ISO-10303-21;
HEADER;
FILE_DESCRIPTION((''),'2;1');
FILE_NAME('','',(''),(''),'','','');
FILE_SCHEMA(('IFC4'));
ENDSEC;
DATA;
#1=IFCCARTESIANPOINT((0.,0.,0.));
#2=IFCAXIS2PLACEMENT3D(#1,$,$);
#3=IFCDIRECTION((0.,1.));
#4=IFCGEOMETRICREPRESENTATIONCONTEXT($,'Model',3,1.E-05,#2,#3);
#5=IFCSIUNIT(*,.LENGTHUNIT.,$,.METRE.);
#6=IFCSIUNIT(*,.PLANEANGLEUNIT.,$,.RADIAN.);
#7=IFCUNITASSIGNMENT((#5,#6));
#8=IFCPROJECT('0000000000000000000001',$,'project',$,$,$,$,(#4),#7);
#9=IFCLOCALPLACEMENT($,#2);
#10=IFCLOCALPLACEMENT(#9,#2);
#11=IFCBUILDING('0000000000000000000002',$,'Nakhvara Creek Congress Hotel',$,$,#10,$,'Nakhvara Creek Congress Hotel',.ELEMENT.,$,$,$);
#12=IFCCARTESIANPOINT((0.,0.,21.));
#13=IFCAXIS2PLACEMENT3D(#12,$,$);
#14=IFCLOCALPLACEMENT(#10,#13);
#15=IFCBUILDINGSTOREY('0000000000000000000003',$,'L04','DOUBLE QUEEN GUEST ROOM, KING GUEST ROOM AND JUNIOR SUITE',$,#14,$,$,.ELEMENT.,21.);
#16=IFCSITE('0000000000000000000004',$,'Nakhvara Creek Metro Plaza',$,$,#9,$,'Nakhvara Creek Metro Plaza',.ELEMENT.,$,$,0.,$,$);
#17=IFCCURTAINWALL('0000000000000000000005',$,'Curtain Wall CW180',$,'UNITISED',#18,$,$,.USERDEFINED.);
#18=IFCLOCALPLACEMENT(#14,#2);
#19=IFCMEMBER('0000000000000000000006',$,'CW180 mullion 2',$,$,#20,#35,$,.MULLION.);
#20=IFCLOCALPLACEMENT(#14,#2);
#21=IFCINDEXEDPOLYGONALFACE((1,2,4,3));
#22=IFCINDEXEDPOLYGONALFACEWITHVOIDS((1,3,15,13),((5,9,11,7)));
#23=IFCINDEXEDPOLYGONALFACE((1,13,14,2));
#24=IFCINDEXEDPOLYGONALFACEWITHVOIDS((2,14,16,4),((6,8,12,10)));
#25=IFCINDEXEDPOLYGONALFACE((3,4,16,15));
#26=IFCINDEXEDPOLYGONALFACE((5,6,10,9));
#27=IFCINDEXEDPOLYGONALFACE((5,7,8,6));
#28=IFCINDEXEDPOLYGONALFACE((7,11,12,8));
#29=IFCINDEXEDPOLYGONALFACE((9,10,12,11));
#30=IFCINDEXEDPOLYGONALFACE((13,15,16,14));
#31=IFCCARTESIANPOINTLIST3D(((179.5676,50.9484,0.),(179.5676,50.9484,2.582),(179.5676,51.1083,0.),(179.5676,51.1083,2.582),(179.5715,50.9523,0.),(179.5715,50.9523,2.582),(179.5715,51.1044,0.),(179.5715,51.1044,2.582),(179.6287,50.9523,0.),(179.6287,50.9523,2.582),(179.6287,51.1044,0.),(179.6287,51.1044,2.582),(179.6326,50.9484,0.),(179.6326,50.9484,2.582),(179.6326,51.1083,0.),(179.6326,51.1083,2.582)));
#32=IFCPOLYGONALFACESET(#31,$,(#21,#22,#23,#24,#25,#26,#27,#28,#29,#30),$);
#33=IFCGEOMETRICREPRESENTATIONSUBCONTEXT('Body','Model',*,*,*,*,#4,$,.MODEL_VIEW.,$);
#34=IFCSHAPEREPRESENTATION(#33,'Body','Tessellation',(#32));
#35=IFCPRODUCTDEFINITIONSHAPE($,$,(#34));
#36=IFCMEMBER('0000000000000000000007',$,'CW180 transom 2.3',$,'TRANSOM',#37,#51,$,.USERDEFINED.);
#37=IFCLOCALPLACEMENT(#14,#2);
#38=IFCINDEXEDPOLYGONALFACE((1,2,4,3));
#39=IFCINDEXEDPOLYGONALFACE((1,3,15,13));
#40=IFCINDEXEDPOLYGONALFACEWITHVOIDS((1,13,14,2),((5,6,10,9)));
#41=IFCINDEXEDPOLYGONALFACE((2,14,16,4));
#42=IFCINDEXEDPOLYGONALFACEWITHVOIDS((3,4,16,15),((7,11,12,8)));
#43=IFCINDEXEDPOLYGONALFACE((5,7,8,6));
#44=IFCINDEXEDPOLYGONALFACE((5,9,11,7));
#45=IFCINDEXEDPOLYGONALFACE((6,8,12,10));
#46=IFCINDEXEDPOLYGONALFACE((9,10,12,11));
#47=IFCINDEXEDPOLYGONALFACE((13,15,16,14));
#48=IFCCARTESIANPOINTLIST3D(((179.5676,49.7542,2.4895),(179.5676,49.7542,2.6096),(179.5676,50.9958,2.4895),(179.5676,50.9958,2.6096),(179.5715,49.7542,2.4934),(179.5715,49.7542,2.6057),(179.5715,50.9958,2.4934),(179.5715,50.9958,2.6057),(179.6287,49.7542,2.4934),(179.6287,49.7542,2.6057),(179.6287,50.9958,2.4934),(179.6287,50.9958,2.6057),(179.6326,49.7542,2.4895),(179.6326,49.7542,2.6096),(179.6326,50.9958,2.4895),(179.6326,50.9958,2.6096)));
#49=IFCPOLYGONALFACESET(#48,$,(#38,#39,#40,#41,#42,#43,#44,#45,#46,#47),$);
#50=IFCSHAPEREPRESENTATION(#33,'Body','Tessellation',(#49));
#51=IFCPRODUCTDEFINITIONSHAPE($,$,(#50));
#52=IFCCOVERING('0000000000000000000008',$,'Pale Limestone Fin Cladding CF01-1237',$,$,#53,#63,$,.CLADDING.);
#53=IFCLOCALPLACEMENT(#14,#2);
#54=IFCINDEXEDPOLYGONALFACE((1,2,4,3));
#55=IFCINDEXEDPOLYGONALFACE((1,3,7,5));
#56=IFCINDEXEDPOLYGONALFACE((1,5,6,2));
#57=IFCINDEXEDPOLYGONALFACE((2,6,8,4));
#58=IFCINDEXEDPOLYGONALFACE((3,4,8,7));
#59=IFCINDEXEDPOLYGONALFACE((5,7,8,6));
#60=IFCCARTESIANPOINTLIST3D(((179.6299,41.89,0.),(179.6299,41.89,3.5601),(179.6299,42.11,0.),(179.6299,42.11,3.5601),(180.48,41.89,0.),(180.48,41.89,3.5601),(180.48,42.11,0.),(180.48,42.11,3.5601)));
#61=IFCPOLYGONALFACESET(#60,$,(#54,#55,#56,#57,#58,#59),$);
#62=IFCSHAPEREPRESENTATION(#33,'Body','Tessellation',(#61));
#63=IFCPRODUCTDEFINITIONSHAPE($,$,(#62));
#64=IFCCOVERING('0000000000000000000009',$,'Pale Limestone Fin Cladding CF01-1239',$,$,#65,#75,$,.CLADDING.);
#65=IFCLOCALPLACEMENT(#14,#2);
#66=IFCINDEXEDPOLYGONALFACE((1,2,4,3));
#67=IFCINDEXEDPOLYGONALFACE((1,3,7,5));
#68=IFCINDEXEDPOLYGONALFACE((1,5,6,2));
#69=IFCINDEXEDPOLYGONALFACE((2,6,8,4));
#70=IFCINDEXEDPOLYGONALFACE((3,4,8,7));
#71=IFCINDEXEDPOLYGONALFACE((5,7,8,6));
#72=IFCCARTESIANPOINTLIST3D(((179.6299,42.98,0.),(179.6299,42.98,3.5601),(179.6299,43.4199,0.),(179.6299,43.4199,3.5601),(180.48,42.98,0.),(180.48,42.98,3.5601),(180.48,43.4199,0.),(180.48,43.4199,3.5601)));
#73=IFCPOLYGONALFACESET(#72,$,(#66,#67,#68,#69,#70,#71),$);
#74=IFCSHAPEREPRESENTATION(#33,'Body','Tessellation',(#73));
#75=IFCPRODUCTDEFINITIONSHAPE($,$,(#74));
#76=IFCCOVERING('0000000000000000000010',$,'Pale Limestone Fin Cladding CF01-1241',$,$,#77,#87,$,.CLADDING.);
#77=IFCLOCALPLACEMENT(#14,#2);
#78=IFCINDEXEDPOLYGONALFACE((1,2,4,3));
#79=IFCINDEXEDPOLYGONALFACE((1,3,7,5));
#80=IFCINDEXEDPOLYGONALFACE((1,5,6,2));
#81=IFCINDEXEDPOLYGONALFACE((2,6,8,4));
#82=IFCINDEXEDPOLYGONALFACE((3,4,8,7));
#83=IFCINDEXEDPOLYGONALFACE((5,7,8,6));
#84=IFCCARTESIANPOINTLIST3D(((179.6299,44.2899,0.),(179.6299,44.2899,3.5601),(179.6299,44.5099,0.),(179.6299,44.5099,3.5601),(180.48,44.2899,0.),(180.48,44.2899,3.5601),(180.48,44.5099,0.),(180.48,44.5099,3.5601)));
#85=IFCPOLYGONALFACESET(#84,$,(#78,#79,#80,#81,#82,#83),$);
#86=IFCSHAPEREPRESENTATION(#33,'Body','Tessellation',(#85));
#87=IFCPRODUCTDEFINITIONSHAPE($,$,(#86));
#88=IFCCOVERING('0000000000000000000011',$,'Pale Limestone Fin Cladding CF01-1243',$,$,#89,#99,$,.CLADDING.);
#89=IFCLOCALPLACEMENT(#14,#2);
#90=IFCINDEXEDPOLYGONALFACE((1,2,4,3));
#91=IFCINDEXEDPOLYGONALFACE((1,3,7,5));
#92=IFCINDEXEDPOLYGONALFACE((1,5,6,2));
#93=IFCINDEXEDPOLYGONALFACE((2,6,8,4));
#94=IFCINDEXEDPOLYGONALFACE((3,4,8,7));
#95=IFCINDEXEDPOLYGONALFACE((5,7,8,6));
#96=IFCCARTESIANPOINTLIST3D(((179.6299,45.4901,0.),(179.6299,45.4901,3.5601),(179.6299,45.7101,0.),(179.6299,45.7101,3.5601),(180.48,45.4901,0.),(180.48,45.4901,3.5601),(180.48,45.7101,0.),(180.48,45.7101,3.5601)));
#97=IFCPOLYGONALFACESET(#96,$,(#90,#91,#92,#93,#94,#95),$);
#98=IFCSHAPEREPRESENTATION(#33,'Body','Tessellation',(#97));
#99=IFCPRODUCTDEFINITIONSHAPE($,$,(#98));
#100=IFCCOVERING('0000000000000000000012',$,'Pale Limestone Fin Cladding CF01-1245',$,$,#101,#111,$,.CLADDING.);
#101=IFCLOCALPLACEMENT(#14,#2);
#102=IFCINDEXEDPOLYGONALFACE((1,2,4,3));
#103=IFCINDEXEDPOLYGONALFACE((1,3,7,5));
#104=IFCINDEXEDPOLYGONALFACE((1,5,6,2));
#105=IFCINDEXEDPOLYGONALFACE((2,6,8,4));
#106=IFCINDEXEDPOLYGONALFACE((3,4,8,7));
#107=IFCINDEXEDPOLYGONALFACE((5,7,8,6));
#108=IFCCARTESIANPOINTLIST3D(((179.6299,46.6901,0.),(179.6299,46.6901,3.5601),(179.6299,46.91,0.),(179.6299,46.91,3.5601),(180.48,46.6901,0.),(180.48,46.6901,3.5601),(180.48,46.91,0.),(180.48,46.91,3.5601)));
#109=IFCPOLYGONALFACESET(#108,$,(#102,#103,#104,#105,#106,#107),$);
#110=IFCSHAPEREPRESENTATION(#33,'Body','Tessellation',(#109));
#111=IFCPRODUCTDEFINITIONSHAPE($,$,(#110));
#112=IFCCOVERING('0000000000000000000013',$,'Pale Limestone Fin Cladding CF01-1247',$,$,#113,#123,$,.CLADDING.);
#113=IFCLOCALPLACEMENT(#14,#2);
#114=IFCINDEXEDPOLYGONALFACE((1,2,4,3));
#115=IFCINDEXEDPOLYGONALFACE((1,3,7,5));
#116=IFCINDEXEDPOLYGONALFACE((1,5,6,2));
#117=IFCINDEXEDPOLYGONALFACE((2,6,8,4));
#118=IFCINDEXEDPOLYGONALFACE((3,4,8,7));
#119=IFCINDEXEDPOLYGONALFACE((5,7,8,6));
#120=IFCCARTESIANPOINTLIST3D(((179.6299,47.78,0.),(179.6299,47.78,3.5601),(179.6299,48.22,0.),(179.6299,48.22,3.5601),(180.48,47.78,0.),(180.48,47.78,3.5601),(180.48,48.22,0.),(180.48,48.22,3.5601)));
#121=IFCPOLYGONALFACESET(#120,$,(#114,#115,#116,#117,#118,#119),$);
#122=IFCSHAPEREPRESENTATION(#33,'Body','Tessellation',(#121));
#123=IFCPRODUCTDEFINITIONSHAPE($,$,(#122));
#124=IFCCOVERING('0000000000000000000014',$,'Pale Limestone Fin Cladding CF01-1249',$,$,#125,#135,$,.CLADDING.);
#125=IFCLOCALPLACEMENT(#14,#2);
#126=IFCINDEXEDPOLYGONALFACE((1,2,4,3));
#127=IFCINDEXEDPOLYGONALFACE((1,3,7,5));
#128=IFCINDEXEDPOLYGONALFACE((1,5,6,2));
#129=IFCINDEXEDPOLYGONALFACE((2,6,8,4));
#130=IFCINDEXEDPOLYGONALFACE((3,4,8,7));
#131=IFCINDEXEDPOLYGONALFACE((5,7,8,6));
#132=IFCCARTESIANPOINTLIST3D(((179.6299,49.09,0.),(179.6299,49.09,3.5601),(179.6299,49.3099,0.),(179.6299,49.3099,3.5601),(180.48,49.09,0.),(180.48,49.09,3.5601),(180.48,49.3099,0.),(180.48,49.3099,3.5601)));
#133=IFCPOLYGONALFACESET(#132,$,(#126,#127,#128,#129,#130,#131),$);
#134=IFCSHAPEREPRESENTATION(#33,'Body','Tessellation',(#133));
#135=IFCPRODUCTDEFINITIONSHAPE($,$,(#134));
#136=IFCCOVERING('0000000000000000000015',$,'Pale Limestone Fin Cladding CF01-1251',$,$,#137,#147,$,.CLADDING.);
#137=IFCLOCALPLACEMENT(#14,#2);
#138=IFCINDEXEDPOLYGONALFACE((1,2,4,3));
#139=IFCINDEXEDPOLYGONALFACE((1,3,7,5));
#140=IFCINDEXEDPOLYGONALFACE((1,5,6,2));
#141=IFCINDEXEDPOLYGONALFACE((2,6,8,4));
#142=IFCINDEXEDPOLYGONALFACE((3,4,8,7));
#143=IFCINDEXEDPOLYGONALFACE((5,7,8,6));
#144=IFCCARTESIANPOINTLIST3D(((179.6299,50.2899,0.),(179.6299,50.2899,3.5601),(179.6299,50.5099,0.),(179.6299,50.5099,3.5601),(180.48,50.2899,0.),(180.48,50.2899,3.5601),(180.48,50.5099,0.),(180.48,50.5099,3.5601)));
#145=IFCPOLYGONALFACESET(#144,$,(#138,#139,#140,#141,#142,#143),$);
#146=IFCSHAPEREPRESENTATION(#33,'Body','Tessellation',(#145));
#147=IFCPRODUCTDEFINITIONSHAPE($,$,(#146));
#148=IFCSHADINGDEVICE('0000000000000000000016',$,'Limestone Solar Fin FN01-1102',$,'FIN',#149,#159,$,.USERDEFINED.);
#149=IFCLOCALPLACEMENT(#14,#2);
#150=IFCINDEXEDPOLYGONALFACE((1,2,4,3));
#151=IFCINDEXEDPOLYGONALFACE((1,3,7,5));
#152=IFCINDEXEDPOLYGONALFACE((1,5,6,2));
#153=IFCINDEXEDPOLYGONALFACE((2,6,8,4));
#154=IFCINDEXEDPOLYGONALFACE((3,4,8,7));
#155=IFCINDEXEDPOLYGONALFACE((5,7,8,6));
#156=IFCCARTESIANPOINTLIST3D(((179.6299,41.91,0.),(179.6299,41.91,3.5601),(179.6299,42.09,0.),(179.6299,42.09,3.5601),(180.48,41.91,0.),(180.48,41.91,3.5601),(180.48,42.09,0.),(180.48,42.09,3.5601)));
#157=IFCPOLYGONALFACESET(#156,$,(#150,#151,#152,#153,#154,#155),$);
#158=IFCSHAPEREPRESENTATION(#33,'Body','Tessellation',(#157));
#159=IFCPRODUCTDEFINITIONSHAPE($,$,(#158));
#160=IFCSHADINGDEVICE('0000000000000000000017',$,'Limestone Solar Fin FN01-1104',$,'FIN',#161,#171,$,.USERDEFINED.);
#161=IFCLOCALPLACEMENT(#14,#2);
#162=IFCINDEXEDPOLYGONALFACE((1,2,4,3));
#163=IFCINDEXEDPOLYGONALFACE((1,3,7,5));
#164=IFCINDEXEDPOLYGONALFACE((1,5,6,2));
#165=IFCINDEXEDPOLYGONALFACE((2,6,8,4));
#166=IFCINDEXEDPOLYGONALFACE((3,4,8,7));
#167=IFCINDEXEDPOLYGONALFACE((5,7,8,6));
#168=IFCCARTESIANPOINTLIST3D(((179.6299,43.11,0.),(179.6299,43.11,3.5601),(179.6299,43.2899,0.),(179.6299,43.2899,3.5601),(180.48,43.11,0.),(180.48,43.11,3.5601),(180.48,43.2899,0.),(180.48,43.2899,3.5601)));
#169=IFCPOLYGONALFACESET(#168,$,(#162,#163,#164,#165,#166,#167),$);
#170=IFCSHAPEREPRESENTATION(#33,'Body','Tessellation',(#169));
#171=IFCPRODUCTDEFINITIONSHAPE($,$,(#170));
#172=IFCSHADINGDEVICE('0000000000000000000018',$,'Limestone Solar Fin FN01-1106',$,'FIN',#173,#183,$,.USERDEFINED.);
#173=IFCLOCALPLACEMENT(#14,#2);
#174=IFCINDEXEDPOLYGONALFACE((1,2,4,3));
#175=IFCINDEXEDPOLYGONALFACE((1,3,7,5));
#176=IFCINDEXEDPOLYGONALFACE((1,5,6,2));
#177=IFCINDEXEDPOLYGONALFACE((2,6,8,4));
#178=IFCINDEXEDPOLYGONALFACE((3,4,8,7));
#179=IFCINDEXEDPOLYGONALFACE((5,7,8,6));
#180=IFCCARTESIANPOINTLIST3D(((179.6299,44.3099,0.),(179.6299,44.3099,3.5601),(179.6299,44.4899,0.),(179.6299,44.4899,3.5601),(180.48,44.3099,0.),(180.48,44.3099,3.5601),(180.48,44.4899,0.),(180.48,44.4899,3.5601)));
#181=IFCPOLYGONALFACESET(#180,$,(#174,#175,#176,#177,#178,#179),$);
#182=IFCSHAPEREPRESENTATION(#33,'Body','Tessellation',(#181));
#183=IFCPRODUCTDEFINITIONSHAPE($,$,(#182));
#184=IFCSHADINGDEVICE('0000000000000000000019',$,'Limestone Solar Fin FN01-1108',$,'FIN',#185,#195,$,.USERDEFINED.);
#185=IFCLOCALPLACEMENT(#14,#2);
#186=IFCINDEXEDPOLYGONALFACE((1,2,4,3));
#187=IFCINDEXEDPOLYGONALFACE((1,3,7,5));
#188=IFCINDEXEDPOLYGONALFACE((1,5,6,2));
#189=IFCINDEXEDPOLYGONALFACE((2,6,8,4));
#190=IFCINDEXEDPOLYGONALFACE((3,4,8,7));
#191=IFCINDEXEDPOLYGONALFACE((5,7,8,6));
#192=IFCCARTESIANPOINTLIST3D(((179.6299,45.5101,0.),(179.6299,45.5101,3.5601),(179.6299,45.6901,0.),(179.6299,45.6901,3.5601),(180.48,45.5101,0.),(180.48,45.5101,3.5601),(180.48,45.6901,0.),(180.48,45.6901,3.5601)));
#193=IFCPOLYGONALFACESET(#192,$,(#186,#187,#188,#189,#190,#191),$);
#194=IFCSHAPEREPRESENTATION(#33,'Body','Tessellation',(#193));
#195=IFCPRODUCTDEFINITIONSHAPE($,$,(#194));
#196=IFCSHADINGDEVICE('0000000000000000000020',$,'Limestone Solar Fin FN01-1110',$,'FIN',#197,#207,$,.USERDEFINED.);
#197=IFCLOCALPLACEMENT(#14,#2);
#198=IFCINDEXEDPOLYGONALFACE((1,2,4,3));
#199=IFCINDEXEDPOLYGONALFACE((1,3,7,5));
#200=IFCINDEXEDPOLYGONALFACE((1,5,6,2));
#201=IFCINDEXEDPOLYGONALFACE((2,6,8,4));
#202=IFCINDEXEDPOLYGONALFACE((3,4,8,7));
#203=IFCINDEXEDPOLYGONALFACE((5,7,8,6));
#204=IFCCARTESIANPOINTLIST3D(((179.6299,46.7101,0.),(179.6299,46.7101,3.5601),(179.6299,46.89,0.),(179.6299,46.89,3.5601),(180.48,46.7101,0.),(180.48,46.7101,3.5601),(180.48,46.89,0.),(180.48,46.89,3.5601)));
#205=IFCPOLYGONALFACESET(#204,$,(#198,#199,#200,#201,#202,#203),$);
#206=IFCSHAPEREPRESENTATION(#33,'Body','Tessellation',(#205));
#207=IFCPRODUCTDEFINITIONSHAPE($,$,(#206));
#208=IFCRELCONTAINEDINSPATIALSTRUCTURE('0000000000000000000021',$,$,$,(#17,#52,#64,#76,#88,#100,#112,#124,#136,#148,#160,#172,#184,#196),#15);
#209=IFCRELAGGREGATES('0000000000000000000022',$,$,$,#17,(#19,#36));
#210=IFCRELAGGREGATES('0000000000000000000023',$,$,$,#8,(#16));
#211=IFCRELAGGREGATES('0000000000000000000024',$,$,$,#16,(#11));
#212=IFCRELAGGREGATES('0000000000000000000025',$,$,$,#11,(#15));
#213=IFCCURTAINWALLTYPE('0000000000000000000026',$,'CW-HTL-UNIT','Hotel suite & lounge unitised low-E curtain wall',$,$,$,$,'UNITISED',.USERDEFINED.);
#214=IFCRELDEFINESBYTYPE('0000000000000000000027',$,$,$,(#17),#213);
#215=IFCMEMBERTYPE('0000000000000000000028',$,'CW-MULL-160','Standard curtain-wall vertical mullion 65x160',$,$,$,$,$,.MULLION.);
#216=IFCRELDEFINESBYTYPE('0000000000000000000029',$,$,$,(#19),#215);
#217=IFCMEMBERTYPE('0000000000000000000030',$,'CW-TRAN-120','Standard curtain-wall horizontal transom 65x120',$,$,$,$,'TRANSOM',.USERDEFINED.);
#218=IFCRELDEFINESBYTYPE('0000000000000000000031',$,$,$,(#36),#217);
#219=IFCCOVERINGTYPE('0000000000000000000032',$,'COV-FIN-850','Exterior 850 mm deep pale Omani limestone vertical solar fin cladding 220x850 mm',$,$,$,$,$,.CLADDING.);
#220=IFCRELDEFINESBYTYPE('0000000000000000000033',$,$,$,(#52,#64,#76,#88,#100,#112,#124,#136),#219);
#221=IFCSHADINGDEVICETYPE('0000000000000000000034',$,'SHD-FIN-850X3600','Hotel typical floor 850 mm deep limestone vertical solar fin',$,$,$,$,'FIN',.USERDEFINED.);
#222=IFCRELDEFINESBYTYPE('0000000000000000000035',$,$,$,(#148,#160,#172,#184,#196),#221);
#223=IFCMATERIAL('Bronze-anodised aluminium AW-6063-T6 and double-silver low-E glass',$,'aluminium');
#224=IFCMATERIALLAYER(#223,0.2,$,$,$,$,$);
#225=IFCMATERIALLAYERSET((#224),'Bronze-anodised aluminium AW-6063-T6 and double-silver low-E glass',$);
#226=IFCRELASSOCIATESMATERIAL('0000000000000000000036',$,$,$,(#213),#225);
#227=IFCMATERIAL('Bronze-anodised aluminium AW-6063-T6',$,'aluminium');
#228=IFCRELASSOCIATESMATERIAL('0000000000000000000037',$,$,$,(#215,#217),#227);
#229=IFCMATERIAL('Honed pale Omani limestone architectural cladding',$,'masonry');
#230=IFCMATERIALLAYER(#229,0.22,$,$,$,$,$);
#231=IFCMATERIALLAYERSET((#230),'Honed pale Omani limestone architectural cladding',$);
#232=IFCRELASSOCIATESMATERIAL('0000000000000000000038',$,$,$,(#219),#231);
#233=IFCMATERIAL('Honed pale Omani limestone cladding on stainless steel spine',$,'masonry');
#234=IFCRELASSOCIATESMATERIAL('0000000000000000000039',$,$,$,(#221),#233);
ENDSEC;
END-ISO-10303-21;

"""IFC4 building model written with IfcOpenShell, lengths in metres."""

from ifc_helpers import new_model, si_unit, direction, frame, origin, origin_2d, place, context, subcontext, project, spatial, rectangle, hollow_rectangle, extrude, material, layer, layer_set, material_profile, profile_set, type_object, element, aggregate, save


model = new_model("IFC4")

# Units and contexts
model_context = context("Model", 3, precision=1e-05, world=origin(), true_north=direction((0.0, 1.0)))
body_context = subcontext(model_context, "Body", "Model", "MODEL_VIEW")
ifc_project = project(units=[si_unit("LENGTHUNIT", "METRE"), si_unit("PLANEANGLEUNIT", "RADIAN")], contexts=[model_context])

# Site, building, storey
site_placement = place(None, origin())
site = spatial("IfcSite", under=ifc_project, at=site_placement, Name="Nakhvara Creek Metro Plaza", LongName="Nakhvara Creek Metro Plaza", CompositionType="ELEMENT", RefElevation=0.0)
building_placement = place(site_placement, origin())
building = spatial("IfcBuilding", under=site, at=building_placement, Name="Nakhvara Creek Congress Hotel", LongName="Nakhvara Creek Congress Hotel", CompositionType="ELEMENT")
storey_placement = place(building_placement, frame((0.0, 0.0, 21.0)))
storey = spatial("IfcBuildingStorey", under=building, at=storey_placement, Name="L04", Description="DOUBLE QUEEN GUEST ROOM, KING GUEST ROOM AND JUNIOR SUITE", CompositionType="ELEMENT", Elevation=21.0)

# Curtain wall, members
ifc_material_1 = material(Name="Bronze-anodised aluminium AW-6063-T6 and double-silver low-E glass", Category="aluminium")
ifc_layer_1 = layer(ifc_material_1, 0.2)
ifc_layer_set_1 = layer_set([ifc_layer_1], Name="Bronze-anodised aluminium AW-6063-T6 and double-silver low-E glass")
curtain_wall_type = type_object("IfcCurtainWallType", Name="CW-HTL-UNIT", Description="Hotel suite & lounge unitised low-E curtain wall", ElementType="UNITISED", PredefinedType="USERDEFINED", material=ifc_layer_set_1)
curtain_wall_placement = place(storey_placement, origin())
curtain_wall = element("IfcCurtainWall", 1, at=curtain_wall_placement, inside=storey, type_object=curtain_wall_type, Name="Curtain Wall CW180", ObjectType="UNITISED", PredefinedType="USERDEFINED")
ifc_material_2 = material(Name="Bronze-anodised aluminium AW-6063-T6", Category="aluminium")
ifc_material_profile_1 = material_profile(ifc_material_2, hollow_rectangle(XDim=0.0649, YDim=0.1599, WallThickness=0.0039, at=origin_2d()), Name="ALU-MULL 65x160x4", Category="LoadBearing")
ifc_profile_set_1 = profile_set([ifc_material_profile_1], Name="Bronze-anodised aluminium AW-6063-T6")
member_type_1 = type_object("IfcMemberType", Name="CW-MULL-160", Description="Standard curtain-wall vertical mullion 65x160", PredefinedType="MULLION", material=ifc_profile_set_1)
member_1_placement = place(storey_placement, frame((179.6001, 51.0283, 0.0), z_axis=(0.0, 0.0, 1.0), x_axis=(1.0, 0.0, 0.0)))
member_1 = element("IfcMember", 2, at=member_1_placement, type_object=member_type_1, Name="CW180 mullion 2", PredefinedType="MULLION", context=body_context, shape_type="SweptSolid", body=[
    extrude(hollow_rectangle(XDim=0.0649, YDim=0.1599, WallThickness=0.0039, at=origin_2d()), origin(), (0.0, 0.0, 1.0), 2.582),
])
ifc_material_profile_2 = material_profile(ifc_material_2, hollow_rectangle(XDim=0.0649, YDim=0.1201, WallThickness=0.0039, at=origin_2d()), Name="ALU-TRAN 65x120x4", Category="LoadBearing")
ifc_profile_set_2 = profile_set([ifc_material_profile_2], Name="Bronze-anodised aluminium AW-6063-T6")
member_type_2 = type_object("IfcMemberType", Name="CW-TRAN-120", Description="Standard curtain-wall horizontal transom 65x120", ElementType="TRANSOM", PredefinedType="USERDEFINED", material=ifc_profile_set_2)
member_2_placement = place(storey_placement, frame((179.6001, 50.9958, 2.5496), z_axis=(0.0, -1.0, 0.0), x_axis=(1.0, 0.0, 0.0)))
member_2 = element("IfcMember", 3, at=member_2_placement, type_object=member_type_2, Name="CW180 transom 2.3", ObjectType="TRANSOM", PredefinedType="USERDEFINED", context=body_context, shape_type="SweptSolid", body=[
    extrude(hollow_rectangle(XDim=0.0649, YDim=0.1201, WallThickness=0.0039, at=origin_2d()), origin(), (0.0, 0.0, 1.0), 1.2417),
])
aggregate(curtain_wall, [member_1, member_2])

# Coverings
ifc_material_3 = material(Name="Honed pale Omani limestone architectural cladding", Category="masonry")
ifc_layer_2 = layer(ifc_material_3, 0.22)
ifc_layer_set_2 = layer_set([ifc_layer_2], Name="Honed pale Omani limestone architectural cladding")
covering_type = type_object("IfcCoveringType", Name="COV-FIN-850", Description="Exterior 850 mm deep pale Omani limestone vertical solar fin cladding 220x850 mm", PredefinedType="CLADDING", material=ifc_layer_set_2)
covering_1_placement = place(storey_placement, frame((180.0549, 42.0, 0.0), z_axis=(0.0, 0.0, 1.0), x_axis=(0.0, 1.0, 0.0)))
element("IfcCovering", 4, at=covering_1_placement, inside=storey, type_object=covering_type, Name="Pale Limestone Fin Cladding CF01-1237", PredefinedType="CLADDING", context=body_context, shape_type="SweptSolid", body=[
    extrude(rectangle(XDim=0.22, YDim=0.8501, at=origin_2d()), origin(), (0.0, 0.0, 1.0), 3.5601),
])
covering_2_placement = place(storey_placement, frame((180.0549, 43.2, 0.0), z_axis=(0.0, 0.0, 1.0), x_axis=(0.0, 1.0, 0.0)))
element("IfcCovering", 5, at=covering_2_placement, inside=storey, type_object=covering_type, Name="Pale Limestone Fin Cladding CF01-1239", PredefinedType="CLADDING", context=body_context, shape_type="SweptSolid", body=[
    extrude(rectangle(XDim=0.4399, YDim=0.8501, at=origin_2d()), origin(), (0.0, 0.0, 1.0), 3.5601),
])
for number, where, z_axis, x_axis, name in (
    (6, (180.0549, 44.3999, 0.0), (0.0, 0.0, 1.0), (0.0, 1.0, 0.0), "Pale Limestone Fin Cladding CF01-1241"),
    (7, (180.0549, 45.6001, 0.0), (0.0, 0.0, 1.0), (0.0, 1.0, 0.0), "Pale Limestone Fin Cladding CF01-1243"),
    (8, (180.0549, 46.8, 0.0), (0.0, 0.0, 1.0), (0.0, 1.0, 0.0), "Pale Limestone Fin Cladding CF01-1245"),
):
    element("IfcCovering", number, at=place(storey_placement, frame(where, z_axis=z_axis, x_axis=x_axis)), inside=storey, type_object=covering_type, Name=name, PredefinedType="CLADDING", context=body_context, shape_type="SweptSolid", body=[
        extrude(rectangle(XDim=0.22, YDim=0.8501, at=origin_2d()), origin(), (0.0, 0.0, 1.0), 3.5601),
    ])
covering_3_placement = place(storey_placement, frame((180.0549, 48.0, 0.0), z_axis=(0.0, 0.0, 1.0), x_axis=(0.0, 1.0, 0.0)))
element("IfcCovering", 9, at=covering_3_placement, inside=storey, type_object=covering_type, Name="Pale Limestone Fin Cladding CF01-1247", PredefinedType="CLADDING", context=body_context, shape_type="SweptSolid", body=[
    extrude(rectangle(XDim=0.4399, YDim=0.8501, at=origin_2d()), origin(), (0.0, 0.0, 1.0), 3.5601),
])
for number, where, z_axis, x_axis, name in (
    (10, (180.0549, 49.2, 0.0), (0.0, 0.0, 1.0), (0.0, 1.0, 0.0), "Pale Limestone Fin Cladding CF01-1249"),
    (11, (180.0549, 50.3999, 0.0), (0.0, 0.0, 1.0), (0.0, 1.0, 0.0), "Pale Limestone Fin Cladding CF01-1251"),
):
    element("IfcCovering", number, at=place(storey_placement, frame(where, z_axis=z_axis, x_axis=x_axis)), inside=storey, type_object=covering_type, Name=name, PredefinedType="CLADDING", context=body_context, shape_type="SweptSolid", body=[
        extrude(rectangle(XDim=0.22, YDim=0.8501, at=origin_2d()), origin(), (0.0, 0.0, 1.0), 3.5601),
    ])

# Shading devices
ifc_material_4 = material(Name="Honed pale Omani limestone cladding on stainless steel spine", Category="masonry")
shading_device_type = type_object("IfcShadingDeviceType", Name="SHD-FIN-850X3600", Description="Hotel typical floor 850 mm deep limestone vertical solar fin", ElementType="FIN", PredefinedType="USERDEFINED", material=ifc_material_4)
for number, where, z_axis, x_axis, name in (
    (12, (180.0549, 42.0, 0.0), (0.0, 0.0, 1.0), (0.0, 1.0, 0.0), "Limestone Solar Fin FN01-1102"),
    (13, (180.0549, 43.2, 0.0), (0.0, 0.0, 1.0), (0.0, 1.0, 0.0), "Limestone Solar Fin FN01-1104"),
    (14, (180.0549, 44.3999, 0.0), (0.0, 0.0, 1.0), (0.0, 1.0, 0.0), "Limestone Solar Fin FN01-1106"),
    (15, (180.0549, 45.6001, 0.0), (0.0, 0.0, 1.0), (0.0, 1.0, 0.0), "Limestone Solar Fin FN01-1108"),
    (16, (180.0549, 46.8, 0.0), (0.0, 0.0, 1.0), (0.0, 1.0, 0.0), "Limestone Solar Fin FN01-1110"),
):
    element("IfcShadingDevice", number, at=place(storey_placement, frame(where, z_axis=z_axis, x_axis=x_axis)), inside=storey, type_object=shading_device_type, Name=name, ObjectType="FIN", PredefinedType="USERDEFINED", context=body_context, shape_type="SweptSolid", body=[
        extrude(rectangle(XDim=0.1799, YDim=0.8501, at=origin_2d()), origin(), (0.0, 0.0, 1.0), 3.5601),
    ])

save(model, "model.ifc")
